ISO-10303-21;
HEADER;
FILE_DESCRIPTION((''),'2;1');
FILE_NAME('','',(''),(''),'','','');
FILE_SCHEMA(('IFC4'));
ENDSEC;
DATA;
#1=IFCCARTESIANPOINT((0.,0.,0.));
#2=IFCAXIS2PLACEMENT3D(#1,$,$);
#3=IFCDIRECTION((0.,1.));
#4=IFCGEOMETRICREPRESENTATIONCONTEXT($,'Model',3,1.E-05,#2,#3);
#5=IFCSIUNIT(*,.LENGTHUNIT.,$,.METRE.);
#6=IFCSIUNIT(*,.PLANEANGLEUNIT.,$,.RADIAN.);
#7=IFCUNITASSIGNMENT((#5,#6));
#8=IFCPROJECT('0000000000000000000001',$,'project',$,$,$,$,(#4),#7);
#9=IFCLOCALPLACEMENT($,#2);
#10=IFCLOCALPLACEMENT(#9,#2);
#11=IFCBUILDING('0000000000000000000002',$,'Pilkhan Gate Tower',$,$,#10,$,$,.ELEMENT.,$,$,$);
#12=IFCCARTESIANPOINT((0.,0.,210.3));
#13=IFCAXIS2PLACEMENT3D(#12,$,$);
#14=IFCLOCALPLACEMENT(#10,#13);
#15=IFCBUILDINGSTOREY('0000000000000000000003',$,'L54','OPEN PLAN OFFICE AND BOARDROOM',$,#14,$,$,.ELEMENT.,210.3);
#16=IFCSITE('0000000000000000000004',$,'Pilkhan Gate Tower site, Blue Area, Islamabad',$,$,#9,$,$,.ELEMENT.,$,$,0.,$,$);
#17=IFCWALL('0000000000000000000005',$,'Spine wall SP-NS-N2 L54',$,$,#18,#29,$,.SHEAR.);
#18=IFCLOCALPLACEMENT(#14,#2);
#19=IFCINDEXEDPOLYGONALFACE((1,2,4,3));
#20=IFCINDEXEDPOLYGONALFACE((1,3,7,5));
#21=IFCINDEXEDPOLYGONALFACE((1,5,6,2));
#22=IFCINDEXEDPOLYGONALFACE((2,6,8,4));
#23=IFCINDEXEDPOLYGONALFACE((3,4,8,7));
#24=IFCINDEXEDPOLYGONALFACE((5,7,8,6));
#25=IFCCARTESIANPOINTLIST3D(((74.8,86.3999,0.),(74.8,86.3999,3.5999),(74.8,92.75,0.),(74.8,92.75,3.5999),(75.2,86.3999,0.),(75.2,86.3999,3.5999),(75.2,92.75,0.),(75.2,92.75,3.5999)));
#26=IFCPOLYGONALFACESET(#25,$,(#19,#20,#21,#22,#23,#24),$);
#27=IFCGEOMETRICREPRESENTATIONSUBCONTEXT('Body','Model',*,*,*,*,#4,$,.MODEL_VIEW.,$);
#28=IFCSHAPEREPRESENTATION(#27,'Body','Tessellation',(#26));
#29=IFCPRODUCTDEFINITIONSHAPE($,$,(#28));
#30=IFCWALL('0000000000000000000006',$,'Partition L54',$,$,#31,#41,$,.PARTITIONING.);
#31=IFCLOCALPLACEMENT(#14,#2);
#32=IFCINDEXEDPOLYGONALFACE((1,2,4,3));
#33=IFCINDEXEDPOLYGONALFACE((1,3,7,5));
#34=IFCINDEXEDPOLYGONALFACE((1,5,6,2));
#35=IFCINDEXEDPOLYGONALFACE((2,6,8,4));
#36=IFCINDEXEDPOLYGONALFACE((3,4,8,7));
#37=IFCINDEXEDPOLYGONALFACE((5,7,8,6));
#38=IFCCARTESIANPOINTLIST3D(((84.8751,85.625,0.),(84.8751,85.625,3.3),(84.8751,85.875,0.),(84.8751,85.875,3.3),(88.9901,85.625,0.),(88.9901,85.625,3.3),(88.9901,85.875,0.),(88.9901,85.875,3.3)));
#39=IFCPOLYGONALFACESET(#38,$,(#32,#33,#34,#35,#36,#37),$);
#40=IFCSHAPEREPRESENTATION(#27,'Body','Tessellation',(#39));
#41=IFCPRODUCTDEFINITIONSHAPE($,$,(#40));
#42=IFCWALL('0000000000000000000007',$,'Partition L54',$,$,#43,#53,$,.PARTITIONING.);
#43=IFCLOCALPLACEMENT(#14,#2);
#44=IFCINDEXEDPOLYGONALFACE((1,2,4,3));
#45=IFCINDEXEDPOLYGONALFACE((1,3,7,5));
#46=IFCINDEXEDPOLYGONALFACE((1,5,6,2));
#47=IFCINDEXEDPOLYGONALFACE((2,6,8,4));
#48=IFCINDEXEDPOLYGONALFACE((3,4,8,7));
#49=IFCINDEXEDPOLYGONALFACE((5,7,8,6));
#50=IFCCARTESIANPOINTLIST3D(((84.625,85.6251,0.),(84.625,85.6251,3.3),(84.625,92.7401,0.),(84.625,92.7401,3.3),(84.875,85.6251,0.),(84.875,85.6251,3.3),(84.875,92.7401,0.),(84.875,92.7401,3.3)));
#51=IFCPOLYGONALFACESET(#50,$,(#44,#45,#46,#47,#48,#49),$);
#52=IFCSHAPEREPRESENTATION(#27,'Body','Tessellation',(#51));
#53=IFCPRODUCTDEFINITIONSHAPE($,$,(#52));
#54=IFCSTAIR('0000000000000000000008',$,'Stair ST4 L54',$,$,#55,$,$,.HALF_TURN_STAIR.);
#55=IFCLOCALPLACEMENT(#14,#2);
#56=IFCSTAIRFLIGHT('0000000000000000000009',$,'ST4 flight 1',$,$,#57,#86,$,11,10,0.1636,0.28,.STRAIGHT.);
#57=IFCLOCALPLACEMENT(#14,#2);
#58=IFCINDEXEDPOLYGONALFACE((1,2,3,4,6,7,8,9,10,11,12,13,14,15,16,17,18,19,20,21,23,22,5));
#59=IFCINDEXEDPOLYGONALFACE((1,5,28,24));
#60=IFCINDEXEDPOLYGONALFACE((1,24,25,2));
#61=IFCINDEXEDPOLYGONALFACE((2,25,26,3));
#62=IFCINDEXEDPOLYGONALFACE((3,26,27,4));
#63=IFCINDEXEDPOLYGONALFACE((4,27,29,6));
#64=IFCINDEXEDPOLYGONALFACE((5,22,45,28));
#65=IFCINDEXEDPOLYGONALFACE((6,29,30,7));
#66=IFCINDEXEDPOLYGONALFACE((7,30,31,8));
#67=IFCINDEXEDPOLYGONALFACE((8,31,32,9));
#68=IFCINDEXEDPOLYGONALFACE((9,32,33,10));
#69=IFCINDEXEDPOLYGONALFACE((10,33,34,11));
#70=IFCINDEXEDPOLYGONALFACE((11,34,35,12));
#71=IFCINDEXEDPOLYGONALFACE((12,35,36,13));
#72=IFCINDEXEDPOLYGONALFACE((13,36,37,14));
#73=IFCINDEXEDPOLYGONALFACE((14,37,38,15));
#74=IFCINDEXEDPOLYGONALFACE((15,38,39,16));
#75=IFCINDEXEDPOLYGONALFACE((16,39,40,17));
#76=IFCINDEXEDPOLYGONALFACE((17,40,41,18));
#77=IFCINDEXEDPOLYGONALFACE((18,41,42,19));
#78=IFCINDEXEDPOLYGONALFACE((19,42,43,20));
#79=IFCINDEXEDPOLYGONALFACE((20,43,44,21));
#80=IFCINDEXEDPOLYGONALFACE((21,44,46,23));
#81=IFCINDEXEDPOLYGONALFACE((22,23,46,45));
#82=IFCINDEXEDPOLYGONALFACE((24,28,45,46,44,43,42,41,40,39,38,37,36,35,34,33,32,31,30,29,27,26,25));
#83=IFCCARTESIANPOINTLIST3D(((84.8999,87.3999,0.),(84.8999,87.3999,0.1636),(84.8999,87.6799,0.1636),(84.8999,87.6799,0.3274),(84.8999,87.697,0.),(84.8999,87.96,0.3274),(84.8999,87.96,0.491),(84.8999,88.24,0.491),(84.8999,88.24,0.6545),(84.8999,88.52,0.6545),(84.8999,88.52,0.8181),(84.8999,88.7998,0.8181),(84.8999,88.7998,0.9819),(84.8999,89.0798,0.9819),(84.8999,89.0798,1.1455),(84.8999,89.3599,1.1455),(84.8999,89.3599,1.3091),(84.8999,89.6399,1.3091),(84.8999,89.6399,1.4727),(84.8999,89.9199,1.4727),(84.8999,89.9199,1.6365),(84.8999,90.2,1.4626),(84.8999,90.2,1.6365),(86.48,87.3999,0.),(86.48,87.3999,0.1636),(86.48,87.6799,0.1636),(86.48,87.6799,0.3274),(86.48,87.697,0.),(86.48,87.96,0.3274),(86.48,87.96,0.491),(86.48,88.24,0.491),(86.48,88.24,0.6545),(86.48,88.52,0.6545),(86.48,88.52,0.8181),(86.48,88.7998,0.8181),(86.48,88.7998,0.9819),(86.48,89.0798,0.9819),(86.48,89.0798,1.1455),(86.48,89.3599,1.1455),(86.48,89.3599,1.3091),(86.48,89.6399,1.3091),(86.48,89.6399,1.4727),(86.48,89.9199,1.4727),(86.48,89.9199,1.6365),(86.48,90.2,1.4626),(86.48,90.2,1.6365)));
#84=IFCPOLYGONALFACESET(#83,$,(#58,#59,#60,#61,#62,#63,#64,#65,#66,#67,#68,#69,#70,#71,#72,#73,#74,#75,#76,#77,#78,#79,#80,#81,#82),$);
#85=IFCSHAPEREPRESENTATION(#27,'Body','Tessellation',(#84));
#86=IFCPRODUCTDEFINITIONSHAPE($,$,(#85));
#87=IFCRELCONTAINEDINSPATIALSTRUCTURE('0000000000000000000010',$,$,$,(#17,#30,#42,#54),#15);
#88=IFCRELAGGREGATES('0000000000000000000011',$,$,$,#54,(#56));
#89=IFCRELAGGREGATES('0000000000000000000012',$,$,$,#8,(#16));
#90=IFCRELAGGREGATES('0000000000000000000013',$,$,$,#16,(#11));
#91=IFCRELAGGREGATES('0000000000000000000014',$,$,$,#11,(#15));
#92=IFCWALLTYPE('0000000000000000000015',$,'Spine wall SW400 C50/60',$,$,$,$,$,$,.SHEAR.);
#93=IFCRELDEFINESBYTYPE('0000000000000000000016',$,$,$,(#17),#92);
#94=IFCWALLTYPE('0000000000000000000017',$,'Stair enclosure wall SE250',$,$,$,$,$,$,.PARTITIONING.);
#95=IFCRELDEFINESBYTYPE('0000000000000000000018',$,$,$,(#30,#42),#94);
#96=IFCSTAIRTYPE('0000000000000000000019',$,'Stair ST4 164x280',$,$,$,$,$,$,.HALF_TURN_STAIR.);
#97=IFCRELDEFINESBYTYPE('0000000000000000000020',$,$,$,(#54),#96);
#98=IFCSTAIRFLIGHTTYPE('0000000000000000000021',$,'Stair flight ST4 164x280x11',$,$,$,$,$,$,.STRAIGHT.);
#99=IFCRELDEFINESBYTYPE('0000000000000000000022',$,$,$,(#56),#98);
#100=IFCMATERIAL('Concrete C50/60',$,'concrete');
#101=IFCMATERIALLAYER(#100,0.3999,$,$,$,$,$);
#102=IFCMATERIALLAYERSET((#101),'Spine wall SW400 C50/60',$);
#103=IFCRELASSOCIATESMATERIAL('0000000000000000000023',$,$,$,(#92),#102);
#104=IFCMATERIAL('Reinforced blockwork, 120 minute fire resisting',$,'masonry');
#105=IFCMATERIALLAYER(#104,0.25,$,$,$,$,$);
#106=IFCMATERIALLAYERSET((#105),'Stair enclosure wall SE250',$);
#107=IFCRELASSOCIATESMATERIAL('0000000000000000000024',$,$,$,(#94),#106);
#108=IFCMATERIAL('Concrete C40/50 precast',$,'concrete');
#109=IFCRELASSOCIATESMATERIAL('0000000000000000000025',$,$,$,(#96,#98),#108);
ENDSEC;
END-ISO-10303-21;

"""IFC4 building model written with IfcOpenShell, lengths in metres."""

from ifc_helpers import new_model, si_unit, direction, frame, frame_2d, origin, place, context, subcontext, project, spatial, polyline, rectangle, outline, extrude, material, layer, layer_set, type_object, element, aggregate, save


model = new_model("IFC4")

# Units and contexts
model_context = context("Model", 3, precision=1e-05, world=origin(), true_north=direction((0.0, 1.0)))
body_context = subcontext(model_context, "Body", "Model", "MODEL_VIEW")
ifc_project = project(units=[si_unit("LENGTHUNIT", "METRE"), si_unit("PLANEANGLEUNIT", "RADIAN")], contexts=[model_context])

# Site, building, storey
site_placement = place(None, origin())
site = spatial("IfcSite", under=ifc_project, at=site_placement, Name="Pilkhan Gate Tower site, Blue Area, Islamabad", CompositionType="ELEMENT", RefElevation=0.0)
building_placement = place(site_placement, origin())
building = spatial("IfcBuilding", under=site, at=building_placement, Name="Pilkhan Gate Tower", CompositionType="ELEMENT")
storey_placement = place(building_placement, frame((0.0, 0.0, 210.3)))
storey = spatial("IfcBuildingStorey", under=building, at=storey_placement, Name="L54", Description="OPEN PLAN OFFICE AND BOARDROOM", CompositionType="ELEMENT", Elevation=210.3)

# Walls
ifc_material_1 = material(Name="Concrete C50/60", Category="concrete")
ifc_layer_1 = layer(ifc_material_1, 0.3999)
ifc_layer_set_1 = layer_set([ifc_layer_1], Name="Spine wall SW400 C50/60")
wall_type_1 = type_object("IfcWallType", Name="Spine wall SW400 C50/60", PredefinedType="SHEAR", material=ifc_layer_set_1)
wall_1_placement = place(storey_placement, frame((75.0, 86.3999, 0.0), z_axis=(0.0, 0.0, 1.0), x_axis=(0.0, 1.0, 0.0)))
element("IfcWall", 1, at=wall_1_placement, inside=storey, type_object=wall_type_1, Name="Spine wall SP-NS-N2 L54", PredefinedType="SHEAR", context=body_context, shape_type="SweptSolid", body=[
    extrude(rectangle(XDim=6.3501, YDim=0.3999, at=frame_2d((3.175, 0.0))), origin(), (0.0, 0.0, 1.0), 3.5999),
])
ifc_material_2 = material(Name="Reinforced blockwork, 120 minute fire resisting", Category="masonry")
ifc_layer_2 = layer(ifc_material_2, 0.25)
ifc_layer_set_2 = layer_set([ifc_layer_2], Name="Stair enclosure wall SE250")
wall_type_2 = type_object("IfcWallType", Name="Stair enclosure wall SE250", PredefinedType="PARTITIONING", material=ifc_layer_set_2)
wall_2_placement = place(storey_placement, frame((84.875, 85.75, 0.0), z_axis=(0.0, 0.0, 1.0), x_axis=(1.0, 0.0, 0.0)))
element("IfcWall", 2, at=wall_2_placement, inside=storey, type_object=wall_type_2, Name="Partition L54", PredefinedType="PARTITIONING", context=body_context, shape_type="SweptSolid", body=[
    extrude(rectangle(XDim=4.115, YDim=0.25, at=frame_2d((2.0576, 0.0))), origin(), (0.0, 0.0, 1.0), 3.3),
])
wall_3_placement = place(storey_placement, frame((84.75, 85.625, 0.0), z_axis=(0.0, 0.0, 1.0), x_axis=(0.0, 1.0, 0.0)))
element("IfcWall", 3, at=wall_3_placement, inside=storey, type_object=wall_type_2, Name="Partition L54", PredefinedType="PARTITIONING", context=body_context, shape_type="SweptSolid", body=[
    extrude(rectangle(XDim=7.115, YDim=0.25, at=frame_2d((3.5576, 0.0))), origin(), (0.0, 0.0, 1.0), 3.3),
])

# Stair, stair flight
ifc_material_3 = material(Name="Concrete C40/50 precast", Category="concrete")
stair_type = type_object("IfcStairType", Name="Stair ST4 164x280", PredefinedType="HALF_TURN_STAIR", material=ifc_material_3)
stair_placement = place(storey_placement, origin())
stair = element("IfcStair", 4, at=stair_placement, inside=storey, type_object=stair_type, Name="Stair ST4 L54", PredefinedType="HALF_TURN_STAIR")
stair_flight_type = type_object("IfcStairFlightType", Name="Stair flight ST4 164x280x11", PredefinedType="STRAIGHT", material=ifc_material_3)
stair_flight_placement = place(storey_placement, frame((85.6899, 87.3999, 0.0), z_axis=(0.0, 0.0, 1.0), x_axis=(0.0, 1.0, 0.0)))
stair_flight = element("IfcStairFlight", 5, at=stair_flight_placement, type_object=stair_flight_type, Name="ST4 flight 1", NumberOfRisers=11, NumberOfTreads=10, PredefinedType="STRAIGHT", RiserHeight=0.1636, TreadLength=0.28, context=body_context, shape_type="SweptSolid", body=[
    extrude(outline(polyline([(0.0, 0.0), (0.0, 0.1636), (0.28, 0.1636), (0.28, 0.3274), (0.5601, 0.3274), (0.5601, 0.491), (0.8401, 0.491), (0.8401, 0.6545), (1.1201, 0.6545), (1.1201, 0.8181), (1.3999, 0.8181), (1.3999, 0.9819), (1.6799, 0.9819), (1.6799, 1.1455), (1.96, 1.1455), (1.96, 1.3091), (2.24, 1.3091), (2.24, 1.4727), (2.52, 1.4727), (2.52, 1.6365), (2.8, 1.6365), (2.8, 1.8), (2.8, 1.4626), (0.2971, 0.0), (0.0, 0.0)])), frame((0.0, 0.79, 0.0), z_axis=(0.0, -1.0, 0.0), x_axis=(1.0, 0.0, 0.0)), (0.0, 0.0, 1.0), 1.5801),
])
aggregate(stair, [stair_flight])

save(model, "model.ifc")
